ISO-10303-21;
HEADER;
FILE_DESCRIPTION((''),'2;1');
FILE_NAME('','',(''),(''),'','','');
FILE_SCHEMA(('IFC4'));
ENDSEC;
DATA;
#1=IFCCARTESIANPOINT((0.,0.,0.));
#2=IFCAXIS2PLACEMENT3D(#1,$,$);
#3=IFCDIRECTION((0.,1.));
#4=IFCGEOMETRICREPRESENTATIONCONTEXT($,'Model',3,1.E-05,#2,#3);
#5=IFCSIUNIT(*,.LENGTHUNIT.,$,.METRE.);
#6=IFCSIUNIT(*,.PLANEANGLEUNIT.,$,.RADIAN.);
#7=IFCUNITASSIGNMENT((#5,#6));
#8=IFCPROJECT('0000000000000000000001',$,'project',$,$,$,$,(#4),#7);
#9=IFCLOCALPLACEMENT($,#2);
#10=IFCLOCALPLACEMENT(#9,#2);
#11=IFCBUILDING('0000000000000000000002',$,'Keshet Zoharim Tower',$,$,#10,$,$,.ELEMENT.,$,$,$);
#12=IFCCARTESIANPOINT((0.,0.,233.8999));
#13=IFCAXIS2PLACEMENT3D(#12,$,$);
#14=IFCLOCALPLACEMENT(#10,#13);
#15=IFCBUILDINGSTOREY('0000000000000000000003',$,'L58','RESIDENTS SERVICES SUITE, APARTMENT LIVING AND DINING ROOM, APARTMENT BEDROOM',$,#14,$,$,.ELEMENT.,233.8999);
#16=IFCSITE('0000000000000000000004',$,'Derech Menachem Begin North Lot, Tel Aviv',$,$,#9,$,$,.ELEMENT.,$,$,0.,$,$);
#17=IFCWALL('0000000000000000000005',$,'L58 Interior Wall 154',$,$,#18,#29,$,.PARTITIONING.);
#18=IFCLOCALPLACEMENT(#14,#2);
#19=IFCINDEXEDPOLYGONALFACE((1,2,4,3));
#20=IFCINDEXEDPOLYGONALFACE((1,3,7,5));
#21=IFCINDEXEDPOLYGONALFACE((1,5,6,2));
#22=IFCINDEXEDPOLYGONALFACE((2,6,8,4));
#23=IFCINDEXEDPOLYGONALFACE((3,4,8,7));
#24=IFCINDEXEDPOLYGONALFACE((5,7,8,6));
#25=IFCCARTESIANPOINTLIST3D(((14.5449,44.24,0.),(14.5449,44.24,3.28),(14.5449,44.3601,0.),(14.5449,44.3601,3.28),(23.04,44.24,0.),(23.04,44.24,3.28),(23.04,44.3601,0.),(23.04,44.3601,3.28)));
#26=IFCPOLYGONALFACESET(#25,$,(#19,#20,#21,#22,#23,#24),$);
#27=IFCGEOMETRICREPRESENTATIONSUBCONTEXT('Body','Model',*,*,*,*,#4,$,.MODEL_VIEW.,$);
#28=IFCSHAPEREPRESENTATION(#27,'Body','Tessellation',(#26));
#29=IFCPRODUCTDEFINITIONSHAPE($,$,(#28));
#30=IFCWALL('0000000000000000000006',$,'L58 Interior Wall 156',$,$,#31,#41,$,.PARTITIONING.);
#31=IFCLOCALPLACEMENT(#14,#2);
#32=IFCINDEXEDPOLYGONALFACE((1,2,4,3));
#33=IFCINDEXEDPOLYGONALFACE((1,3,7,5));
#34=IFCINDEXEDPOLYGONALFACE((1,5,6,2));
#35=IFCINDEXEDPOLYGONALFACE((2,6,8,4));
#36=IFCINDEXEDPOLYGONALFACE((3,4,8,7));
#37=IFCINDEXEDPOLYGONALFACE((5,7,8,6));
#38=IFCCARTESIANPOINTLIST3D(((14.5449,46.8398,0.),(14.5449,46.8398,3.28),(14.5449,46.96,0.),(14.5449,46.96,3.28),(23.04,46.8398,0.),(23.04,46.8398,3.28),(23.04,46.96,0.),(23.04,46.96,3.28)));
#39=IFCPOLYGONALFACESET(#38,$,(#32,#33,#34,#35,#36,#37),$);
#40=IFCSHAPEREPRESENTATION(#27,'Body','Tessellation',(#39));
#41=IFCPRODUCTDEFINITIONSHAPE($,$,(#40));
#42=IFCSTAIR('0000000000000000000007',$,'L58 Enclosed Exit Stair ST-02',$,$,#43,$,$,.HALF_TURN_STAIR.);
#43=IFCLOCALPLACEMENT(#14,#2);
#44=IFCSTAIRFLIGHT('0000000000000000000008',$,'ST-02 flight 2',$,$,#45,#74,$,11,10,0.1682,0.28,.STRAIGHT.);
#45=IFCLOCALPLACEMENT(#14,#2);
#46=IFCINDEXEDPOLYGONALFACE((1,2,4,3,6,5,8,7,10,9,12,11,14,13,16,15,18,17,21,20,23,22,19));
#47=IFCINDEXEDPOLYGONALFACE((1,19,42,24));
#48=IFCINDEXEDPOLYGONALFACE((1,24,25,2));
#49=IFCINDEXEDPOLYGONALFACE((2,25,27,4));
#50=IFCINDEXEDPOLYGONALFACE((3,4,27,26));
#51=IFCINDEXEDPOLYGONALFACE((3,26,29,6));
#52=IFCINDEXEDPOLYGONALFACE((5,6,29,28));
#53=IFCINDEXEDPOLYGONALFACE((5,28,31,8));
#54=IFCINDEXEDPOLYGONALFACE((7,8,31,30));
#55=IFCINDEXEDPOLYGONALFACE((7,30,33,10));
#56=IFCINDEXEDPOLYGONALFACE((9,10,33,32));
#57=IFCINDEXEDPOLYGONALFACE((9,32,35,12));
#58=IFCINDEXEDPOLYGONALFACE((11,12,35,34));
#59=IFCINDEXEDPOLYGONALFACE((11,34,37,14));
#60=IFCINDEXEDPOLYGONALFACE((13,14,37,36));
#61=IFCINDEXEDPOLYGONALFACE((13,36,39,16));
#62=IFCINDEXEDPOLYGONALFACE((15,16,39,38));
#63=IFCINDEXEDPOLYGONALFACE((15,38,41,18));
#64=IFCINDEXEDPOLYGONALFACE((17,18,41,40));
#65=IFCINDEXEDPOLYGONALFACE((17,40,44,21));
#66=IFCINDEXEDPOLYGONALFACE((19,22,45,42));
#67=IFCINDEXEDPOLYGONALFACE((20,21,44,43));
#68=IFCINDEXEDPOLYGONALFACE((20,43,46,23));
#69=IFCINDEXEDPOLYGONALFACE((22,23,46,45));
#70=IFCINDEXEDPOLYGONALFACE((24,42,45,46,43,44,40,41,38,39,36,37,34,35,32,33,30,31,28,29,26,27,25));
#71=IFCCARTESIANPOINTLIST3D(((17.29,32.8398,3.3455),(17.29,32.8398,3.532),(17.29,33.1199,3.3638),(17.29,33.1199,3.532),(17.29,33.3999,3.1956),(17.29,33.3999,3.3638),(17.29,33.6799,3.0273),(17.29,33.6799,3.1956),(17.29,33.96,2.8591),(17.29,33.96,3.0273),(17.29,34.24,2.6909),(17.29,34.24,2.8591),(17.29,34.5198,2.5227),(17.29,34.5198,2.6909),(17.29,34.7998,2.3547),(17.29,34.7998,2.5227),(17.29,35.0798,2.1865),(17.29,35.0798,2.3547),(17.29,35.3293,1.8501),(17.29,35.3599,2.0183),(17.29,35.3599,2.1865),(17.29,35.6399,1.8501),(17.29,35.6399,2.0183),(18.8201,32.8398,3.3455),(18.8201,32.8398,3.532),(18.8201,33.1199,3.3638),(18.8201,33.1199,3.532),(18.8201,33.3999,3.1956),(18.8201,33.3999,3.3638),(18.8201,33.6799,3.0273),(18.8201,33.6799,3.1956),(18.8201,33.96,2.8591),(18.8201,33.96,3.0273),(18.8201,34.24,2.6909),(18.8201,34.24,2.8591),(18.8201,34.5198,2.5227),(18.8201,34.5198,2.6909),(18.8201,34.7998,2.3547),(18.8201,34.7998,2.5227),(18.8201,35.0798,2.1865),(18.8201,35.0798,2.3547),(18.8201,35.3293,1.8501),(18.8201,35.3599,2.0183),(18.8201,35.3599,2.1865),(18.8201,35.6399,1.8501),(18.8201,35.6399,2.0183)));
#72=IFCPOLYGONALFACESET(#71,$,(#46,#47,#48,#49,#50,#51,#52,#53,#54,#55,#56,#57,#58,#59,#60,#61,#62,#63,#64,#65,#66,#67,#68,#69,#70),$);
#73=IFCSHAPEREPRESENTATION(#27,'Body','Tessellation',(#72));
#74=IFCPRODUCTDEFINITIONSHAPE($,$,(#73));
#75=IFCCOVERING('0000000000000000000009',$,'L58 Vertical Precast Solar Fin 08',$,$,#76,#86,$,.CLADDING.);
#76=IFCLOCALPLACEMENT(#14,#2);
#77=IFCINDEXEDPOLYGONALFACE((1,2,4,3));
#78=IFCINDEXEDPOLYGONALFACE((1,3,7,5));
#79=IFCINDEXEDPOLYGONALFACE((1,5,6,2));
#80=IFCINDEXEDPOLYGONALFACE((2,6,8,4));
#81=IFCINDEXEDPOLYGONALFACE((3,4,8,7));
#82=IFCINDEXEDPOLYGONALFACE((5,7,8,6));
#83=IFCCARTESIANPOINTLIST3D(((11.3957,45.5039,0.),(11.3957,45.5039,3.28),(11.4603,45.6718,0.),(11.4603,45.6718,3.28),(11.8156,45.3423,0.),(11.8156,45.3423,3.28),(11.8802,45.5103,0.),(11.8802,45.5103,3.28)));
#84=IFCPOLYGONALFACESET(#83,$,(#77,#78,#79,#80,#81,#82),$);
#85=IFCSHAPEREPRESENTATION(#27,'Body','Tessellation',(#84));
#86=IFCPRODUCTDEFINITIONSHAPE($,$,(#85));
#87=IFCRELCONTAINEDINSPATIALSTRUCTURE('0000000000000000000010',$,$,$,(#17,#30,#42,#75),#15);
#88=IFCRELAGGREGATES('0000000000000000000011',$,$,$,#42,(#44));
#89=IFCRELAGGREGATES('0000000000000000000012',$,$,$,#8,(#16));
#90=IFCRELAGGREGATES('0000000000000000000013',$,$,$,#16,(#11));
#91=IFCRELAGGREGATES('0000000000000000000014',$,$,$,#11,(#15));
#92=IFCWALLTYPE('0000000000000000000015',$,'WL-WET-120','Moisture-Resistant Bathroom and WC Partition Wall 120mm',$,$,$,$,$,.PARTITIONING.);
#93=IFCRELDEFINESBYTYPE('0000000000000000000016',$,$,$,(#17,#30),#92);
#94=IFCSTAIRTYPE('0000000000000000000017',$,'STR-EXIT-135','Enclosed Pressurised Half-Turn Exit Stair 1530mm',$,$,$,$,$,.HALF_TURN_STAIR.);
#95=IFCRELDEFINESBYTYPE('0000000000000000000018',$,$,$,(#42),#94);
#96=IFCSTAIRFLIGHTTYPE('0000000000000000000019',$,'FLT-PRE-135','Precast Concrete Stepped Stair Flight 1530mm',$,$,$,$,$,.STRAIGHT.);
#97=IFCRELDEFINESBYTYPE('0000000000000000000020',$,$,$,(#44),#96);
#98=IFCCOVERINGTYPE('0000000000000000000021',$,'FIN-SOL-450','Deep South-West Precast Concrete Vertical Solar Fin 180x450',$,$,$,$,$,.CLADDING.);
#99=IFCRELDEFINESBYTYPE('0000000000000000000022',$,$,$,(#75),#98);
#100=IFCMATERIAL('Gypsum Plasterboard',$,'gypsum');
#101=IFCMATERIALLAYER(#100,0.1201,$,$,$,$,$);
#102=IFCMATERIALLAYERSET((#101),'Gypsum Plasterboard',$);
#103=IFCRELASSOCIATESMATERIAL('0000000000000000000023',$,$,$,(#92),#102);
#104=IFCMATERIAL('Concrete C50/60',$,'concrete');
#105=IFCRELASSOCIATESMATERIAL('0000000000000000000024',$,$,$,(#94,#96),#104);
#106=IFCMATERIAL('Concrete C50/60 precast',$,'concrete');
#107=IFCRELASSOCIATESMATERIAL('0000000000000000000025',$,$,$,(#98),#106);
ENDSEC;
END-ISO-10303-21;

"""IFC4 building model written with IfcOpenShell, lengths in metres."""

from ifc_helpers import new_model, si_unit, direction, frame, frame_2d, origin, origin_2d, place, context, subcontext, project, spatial, polyline, rectangle, outline, extrude, material, layer, layer_set, type_object, element, aggregate, save


model = new_model("IFC4")

# Units and contexts
model_context = context("Model", 3, precision=1e-05, world=origin(), true_north=direction((0.0, 1.0)))
body_context = subcontext(model_context, "Body", "Model", "MODEL_VIEW")
ifc_project = project(units=[si_unit("LENGTHUNIT", "METRE"), si_unit("PLANEANGLEUNIT", "RADIAN")], contexts=[model_context])

# Site, building, storey
site_placement = place(None, origin())
site = spatial("IfcSite", under=ifc_project, at=site_placement, Name="Derech Menachem Begin North Lot, Tel Aviv", CompositionType="ELEMENT", RefElevation=0.0)
building_placement = place(site_placement, origin())
building = spatial("IfcBuilding", under=site, at=building_placement, Name="Keshet Zoharim Tower", CompositionType="ELEMENT")
storey_placement = place(building_placement, frame((0.0, 0.0, 233.8999)))
storey = spatial("IfcBuildingStorey", under=building, at=storey_placement, Name="L58", Description="RESIDENTS SERVICES SUITE, APARTMENT LIVING AND DINING ROOM, APARTMENT BEDROOM", CompositionType="ELEMENT", Elevation=233.8999)

# Shared definitions
ifc_material_1 = material(Name="Gypsum Plasterboard", Category="gypsum")

# Shared definitions
ifc_material_2 = material(Name="Concrete C50/60", Category="concrete")

# Walls
ifc_layer_1 = layer(ifc_material_1, 0.1201)
ifc_layer_set_1 = layer_set([ifc_layer_1], Name="Gypsum Plasterboard")
wall_type_1 = type_object("IfcWallType", Name="WL-WET-120", Description="Moisture-Resistant Bathroom and WC Partition Wall 120mm", PredefinedType="PARTITIONING", material=ifc_layer_set_1)
for number, where, z_axis, x_axis, name in (
    (1, (14.5449, 44.3, 0.0), (0.0, 0.0, 1.0), (1.0, 0.0, 0.0), "L58 Interior Wall 154"),
    (2, (14.5449, 46.8999, 0.0), (0.0, 0.0, 1.0), (1.0, 0.0, 0.0), "L58 Interior Wall 156"),
):
    element("IfcWall", number, at=place(storey_placement, frame(where, z_axis=z_axis, x_axis=x_axis)), inside=storey, type_object=wall_type_1, Name=name, PredefinedType="PARTITIONING", context=body_context, shape_type="SweptSolid", body=[
        extrude(rectangle(XDim=8.4951, YDim=0.1201, at=frame_2d((4.2476, 0.0))), origin(), (0.0, 0.0, 1.0), 3.28),
    ])

# Stair, stair flight
stair_type = type_object("IfcStairType", Name="STR-EXIT-135", Description="Enclosed Pressurised Half-Turn Exit Stair 1530mm", PredefinedType="HALF_TURN_STAIR", material=ifc_material_2)
stair_placement = place(storey_placement, origin())
stair = element("IfcStair", 3, at=stair_placement, inside=storey, type_object=stair_type, Name="L58 Enclosed Exit Stair ST-02", PredefinedType="HALF_TURN_STAIR")
stair_flight_type = type_object("IfcStairFlightType", Name="FLT-PRE-135", Description="Precast Concrete Stepped Stair Flight 1530mm", PredefinedType="STRAIGHT", material=ifc_material_2)
stair_flight_placement = place(storey_placement, frame((18.0549, 35.6399, 1.8501), z_axis=(0.0, 0.0, 1.0), x_axis=(0.0, -1.0, 0.0)))
stair_flight = element("IfcStairFlight", 4, at=stair_flight_placement, type_object=stair_flight_type, Name="ST-02 flight 2", NumberOfRisers=11, NumberOfTreads=10, PredefinedType="STRAIGHT", RiserHeight=0.1682, TreadLength=0.28, context=body_context, shape_type="SweptSolid", body=[
    extrude(outline(polyline([(0.0, 0.0), (0.0, 0.1682), (0.28, 0.1682), (0.28, 0.3364), (0.5601, 0.3364), (0.5601, 0.5046), (0.8401, 0.5046), (0.8401, 0.6726), (1.1201, 0.6726), (1.1201, 0.8408), (1.3999, 0.8408), (1.3999, 1.009), (1.6799, 1.009), (1.6799, 1.1772), (1.96, 1.1772), (1.96, 1.3455), (2.24, 1.3455), (2.24, 1.5137), (2.52, 1.5137), (2.52, 1.6819), (2.8, 1.6819), (2.8, 1.8501), (2.8, 1.4954), (0.3105, 0.0), (0.0, 0.0)])), frame((0.0, 0.7651, 0.0), z_axis=(0.0, -1.0, 0.0), x_axis=(1.0, 0.0, 0.0)), (0.0, 0.0, 1.0), 1.53),
])
aggregate(stair, [stair_flight])

# Covering
ifc_material_3 = material(Name="Concrete C50/60 precast", Category="concrete")
covering_type = type_object("IfcCoveringType", Name="FIN-SOL-450", Description="Deep South-West Precast Concrete Vertical Solar Fin 180x450", PredefinedType="CLADDING", material=ifc_material_3)
covering_placement = place(storey_placement, frame((11.6379, 45.5071, 0.0), z_axis=(0.0, 0.0, 1.0), x_axis=(0.35899, 0.933341, 0.0)))
element("IfcCovering", 5, at=covering_placement, inside=storey, type_object=covering_type, Name="L58 Vertical Precast Solar Fin 08", PredefinedType="CLADDING", context=body_context, shape_type="SweptSolid", body=[
    extrude(rectangle(XDim=0.1799, YDim=0.45, at=origin_2d()), origin(), (0.0, 0.0, 1.0), 3.28),
])

save(model, "model.ifc")
